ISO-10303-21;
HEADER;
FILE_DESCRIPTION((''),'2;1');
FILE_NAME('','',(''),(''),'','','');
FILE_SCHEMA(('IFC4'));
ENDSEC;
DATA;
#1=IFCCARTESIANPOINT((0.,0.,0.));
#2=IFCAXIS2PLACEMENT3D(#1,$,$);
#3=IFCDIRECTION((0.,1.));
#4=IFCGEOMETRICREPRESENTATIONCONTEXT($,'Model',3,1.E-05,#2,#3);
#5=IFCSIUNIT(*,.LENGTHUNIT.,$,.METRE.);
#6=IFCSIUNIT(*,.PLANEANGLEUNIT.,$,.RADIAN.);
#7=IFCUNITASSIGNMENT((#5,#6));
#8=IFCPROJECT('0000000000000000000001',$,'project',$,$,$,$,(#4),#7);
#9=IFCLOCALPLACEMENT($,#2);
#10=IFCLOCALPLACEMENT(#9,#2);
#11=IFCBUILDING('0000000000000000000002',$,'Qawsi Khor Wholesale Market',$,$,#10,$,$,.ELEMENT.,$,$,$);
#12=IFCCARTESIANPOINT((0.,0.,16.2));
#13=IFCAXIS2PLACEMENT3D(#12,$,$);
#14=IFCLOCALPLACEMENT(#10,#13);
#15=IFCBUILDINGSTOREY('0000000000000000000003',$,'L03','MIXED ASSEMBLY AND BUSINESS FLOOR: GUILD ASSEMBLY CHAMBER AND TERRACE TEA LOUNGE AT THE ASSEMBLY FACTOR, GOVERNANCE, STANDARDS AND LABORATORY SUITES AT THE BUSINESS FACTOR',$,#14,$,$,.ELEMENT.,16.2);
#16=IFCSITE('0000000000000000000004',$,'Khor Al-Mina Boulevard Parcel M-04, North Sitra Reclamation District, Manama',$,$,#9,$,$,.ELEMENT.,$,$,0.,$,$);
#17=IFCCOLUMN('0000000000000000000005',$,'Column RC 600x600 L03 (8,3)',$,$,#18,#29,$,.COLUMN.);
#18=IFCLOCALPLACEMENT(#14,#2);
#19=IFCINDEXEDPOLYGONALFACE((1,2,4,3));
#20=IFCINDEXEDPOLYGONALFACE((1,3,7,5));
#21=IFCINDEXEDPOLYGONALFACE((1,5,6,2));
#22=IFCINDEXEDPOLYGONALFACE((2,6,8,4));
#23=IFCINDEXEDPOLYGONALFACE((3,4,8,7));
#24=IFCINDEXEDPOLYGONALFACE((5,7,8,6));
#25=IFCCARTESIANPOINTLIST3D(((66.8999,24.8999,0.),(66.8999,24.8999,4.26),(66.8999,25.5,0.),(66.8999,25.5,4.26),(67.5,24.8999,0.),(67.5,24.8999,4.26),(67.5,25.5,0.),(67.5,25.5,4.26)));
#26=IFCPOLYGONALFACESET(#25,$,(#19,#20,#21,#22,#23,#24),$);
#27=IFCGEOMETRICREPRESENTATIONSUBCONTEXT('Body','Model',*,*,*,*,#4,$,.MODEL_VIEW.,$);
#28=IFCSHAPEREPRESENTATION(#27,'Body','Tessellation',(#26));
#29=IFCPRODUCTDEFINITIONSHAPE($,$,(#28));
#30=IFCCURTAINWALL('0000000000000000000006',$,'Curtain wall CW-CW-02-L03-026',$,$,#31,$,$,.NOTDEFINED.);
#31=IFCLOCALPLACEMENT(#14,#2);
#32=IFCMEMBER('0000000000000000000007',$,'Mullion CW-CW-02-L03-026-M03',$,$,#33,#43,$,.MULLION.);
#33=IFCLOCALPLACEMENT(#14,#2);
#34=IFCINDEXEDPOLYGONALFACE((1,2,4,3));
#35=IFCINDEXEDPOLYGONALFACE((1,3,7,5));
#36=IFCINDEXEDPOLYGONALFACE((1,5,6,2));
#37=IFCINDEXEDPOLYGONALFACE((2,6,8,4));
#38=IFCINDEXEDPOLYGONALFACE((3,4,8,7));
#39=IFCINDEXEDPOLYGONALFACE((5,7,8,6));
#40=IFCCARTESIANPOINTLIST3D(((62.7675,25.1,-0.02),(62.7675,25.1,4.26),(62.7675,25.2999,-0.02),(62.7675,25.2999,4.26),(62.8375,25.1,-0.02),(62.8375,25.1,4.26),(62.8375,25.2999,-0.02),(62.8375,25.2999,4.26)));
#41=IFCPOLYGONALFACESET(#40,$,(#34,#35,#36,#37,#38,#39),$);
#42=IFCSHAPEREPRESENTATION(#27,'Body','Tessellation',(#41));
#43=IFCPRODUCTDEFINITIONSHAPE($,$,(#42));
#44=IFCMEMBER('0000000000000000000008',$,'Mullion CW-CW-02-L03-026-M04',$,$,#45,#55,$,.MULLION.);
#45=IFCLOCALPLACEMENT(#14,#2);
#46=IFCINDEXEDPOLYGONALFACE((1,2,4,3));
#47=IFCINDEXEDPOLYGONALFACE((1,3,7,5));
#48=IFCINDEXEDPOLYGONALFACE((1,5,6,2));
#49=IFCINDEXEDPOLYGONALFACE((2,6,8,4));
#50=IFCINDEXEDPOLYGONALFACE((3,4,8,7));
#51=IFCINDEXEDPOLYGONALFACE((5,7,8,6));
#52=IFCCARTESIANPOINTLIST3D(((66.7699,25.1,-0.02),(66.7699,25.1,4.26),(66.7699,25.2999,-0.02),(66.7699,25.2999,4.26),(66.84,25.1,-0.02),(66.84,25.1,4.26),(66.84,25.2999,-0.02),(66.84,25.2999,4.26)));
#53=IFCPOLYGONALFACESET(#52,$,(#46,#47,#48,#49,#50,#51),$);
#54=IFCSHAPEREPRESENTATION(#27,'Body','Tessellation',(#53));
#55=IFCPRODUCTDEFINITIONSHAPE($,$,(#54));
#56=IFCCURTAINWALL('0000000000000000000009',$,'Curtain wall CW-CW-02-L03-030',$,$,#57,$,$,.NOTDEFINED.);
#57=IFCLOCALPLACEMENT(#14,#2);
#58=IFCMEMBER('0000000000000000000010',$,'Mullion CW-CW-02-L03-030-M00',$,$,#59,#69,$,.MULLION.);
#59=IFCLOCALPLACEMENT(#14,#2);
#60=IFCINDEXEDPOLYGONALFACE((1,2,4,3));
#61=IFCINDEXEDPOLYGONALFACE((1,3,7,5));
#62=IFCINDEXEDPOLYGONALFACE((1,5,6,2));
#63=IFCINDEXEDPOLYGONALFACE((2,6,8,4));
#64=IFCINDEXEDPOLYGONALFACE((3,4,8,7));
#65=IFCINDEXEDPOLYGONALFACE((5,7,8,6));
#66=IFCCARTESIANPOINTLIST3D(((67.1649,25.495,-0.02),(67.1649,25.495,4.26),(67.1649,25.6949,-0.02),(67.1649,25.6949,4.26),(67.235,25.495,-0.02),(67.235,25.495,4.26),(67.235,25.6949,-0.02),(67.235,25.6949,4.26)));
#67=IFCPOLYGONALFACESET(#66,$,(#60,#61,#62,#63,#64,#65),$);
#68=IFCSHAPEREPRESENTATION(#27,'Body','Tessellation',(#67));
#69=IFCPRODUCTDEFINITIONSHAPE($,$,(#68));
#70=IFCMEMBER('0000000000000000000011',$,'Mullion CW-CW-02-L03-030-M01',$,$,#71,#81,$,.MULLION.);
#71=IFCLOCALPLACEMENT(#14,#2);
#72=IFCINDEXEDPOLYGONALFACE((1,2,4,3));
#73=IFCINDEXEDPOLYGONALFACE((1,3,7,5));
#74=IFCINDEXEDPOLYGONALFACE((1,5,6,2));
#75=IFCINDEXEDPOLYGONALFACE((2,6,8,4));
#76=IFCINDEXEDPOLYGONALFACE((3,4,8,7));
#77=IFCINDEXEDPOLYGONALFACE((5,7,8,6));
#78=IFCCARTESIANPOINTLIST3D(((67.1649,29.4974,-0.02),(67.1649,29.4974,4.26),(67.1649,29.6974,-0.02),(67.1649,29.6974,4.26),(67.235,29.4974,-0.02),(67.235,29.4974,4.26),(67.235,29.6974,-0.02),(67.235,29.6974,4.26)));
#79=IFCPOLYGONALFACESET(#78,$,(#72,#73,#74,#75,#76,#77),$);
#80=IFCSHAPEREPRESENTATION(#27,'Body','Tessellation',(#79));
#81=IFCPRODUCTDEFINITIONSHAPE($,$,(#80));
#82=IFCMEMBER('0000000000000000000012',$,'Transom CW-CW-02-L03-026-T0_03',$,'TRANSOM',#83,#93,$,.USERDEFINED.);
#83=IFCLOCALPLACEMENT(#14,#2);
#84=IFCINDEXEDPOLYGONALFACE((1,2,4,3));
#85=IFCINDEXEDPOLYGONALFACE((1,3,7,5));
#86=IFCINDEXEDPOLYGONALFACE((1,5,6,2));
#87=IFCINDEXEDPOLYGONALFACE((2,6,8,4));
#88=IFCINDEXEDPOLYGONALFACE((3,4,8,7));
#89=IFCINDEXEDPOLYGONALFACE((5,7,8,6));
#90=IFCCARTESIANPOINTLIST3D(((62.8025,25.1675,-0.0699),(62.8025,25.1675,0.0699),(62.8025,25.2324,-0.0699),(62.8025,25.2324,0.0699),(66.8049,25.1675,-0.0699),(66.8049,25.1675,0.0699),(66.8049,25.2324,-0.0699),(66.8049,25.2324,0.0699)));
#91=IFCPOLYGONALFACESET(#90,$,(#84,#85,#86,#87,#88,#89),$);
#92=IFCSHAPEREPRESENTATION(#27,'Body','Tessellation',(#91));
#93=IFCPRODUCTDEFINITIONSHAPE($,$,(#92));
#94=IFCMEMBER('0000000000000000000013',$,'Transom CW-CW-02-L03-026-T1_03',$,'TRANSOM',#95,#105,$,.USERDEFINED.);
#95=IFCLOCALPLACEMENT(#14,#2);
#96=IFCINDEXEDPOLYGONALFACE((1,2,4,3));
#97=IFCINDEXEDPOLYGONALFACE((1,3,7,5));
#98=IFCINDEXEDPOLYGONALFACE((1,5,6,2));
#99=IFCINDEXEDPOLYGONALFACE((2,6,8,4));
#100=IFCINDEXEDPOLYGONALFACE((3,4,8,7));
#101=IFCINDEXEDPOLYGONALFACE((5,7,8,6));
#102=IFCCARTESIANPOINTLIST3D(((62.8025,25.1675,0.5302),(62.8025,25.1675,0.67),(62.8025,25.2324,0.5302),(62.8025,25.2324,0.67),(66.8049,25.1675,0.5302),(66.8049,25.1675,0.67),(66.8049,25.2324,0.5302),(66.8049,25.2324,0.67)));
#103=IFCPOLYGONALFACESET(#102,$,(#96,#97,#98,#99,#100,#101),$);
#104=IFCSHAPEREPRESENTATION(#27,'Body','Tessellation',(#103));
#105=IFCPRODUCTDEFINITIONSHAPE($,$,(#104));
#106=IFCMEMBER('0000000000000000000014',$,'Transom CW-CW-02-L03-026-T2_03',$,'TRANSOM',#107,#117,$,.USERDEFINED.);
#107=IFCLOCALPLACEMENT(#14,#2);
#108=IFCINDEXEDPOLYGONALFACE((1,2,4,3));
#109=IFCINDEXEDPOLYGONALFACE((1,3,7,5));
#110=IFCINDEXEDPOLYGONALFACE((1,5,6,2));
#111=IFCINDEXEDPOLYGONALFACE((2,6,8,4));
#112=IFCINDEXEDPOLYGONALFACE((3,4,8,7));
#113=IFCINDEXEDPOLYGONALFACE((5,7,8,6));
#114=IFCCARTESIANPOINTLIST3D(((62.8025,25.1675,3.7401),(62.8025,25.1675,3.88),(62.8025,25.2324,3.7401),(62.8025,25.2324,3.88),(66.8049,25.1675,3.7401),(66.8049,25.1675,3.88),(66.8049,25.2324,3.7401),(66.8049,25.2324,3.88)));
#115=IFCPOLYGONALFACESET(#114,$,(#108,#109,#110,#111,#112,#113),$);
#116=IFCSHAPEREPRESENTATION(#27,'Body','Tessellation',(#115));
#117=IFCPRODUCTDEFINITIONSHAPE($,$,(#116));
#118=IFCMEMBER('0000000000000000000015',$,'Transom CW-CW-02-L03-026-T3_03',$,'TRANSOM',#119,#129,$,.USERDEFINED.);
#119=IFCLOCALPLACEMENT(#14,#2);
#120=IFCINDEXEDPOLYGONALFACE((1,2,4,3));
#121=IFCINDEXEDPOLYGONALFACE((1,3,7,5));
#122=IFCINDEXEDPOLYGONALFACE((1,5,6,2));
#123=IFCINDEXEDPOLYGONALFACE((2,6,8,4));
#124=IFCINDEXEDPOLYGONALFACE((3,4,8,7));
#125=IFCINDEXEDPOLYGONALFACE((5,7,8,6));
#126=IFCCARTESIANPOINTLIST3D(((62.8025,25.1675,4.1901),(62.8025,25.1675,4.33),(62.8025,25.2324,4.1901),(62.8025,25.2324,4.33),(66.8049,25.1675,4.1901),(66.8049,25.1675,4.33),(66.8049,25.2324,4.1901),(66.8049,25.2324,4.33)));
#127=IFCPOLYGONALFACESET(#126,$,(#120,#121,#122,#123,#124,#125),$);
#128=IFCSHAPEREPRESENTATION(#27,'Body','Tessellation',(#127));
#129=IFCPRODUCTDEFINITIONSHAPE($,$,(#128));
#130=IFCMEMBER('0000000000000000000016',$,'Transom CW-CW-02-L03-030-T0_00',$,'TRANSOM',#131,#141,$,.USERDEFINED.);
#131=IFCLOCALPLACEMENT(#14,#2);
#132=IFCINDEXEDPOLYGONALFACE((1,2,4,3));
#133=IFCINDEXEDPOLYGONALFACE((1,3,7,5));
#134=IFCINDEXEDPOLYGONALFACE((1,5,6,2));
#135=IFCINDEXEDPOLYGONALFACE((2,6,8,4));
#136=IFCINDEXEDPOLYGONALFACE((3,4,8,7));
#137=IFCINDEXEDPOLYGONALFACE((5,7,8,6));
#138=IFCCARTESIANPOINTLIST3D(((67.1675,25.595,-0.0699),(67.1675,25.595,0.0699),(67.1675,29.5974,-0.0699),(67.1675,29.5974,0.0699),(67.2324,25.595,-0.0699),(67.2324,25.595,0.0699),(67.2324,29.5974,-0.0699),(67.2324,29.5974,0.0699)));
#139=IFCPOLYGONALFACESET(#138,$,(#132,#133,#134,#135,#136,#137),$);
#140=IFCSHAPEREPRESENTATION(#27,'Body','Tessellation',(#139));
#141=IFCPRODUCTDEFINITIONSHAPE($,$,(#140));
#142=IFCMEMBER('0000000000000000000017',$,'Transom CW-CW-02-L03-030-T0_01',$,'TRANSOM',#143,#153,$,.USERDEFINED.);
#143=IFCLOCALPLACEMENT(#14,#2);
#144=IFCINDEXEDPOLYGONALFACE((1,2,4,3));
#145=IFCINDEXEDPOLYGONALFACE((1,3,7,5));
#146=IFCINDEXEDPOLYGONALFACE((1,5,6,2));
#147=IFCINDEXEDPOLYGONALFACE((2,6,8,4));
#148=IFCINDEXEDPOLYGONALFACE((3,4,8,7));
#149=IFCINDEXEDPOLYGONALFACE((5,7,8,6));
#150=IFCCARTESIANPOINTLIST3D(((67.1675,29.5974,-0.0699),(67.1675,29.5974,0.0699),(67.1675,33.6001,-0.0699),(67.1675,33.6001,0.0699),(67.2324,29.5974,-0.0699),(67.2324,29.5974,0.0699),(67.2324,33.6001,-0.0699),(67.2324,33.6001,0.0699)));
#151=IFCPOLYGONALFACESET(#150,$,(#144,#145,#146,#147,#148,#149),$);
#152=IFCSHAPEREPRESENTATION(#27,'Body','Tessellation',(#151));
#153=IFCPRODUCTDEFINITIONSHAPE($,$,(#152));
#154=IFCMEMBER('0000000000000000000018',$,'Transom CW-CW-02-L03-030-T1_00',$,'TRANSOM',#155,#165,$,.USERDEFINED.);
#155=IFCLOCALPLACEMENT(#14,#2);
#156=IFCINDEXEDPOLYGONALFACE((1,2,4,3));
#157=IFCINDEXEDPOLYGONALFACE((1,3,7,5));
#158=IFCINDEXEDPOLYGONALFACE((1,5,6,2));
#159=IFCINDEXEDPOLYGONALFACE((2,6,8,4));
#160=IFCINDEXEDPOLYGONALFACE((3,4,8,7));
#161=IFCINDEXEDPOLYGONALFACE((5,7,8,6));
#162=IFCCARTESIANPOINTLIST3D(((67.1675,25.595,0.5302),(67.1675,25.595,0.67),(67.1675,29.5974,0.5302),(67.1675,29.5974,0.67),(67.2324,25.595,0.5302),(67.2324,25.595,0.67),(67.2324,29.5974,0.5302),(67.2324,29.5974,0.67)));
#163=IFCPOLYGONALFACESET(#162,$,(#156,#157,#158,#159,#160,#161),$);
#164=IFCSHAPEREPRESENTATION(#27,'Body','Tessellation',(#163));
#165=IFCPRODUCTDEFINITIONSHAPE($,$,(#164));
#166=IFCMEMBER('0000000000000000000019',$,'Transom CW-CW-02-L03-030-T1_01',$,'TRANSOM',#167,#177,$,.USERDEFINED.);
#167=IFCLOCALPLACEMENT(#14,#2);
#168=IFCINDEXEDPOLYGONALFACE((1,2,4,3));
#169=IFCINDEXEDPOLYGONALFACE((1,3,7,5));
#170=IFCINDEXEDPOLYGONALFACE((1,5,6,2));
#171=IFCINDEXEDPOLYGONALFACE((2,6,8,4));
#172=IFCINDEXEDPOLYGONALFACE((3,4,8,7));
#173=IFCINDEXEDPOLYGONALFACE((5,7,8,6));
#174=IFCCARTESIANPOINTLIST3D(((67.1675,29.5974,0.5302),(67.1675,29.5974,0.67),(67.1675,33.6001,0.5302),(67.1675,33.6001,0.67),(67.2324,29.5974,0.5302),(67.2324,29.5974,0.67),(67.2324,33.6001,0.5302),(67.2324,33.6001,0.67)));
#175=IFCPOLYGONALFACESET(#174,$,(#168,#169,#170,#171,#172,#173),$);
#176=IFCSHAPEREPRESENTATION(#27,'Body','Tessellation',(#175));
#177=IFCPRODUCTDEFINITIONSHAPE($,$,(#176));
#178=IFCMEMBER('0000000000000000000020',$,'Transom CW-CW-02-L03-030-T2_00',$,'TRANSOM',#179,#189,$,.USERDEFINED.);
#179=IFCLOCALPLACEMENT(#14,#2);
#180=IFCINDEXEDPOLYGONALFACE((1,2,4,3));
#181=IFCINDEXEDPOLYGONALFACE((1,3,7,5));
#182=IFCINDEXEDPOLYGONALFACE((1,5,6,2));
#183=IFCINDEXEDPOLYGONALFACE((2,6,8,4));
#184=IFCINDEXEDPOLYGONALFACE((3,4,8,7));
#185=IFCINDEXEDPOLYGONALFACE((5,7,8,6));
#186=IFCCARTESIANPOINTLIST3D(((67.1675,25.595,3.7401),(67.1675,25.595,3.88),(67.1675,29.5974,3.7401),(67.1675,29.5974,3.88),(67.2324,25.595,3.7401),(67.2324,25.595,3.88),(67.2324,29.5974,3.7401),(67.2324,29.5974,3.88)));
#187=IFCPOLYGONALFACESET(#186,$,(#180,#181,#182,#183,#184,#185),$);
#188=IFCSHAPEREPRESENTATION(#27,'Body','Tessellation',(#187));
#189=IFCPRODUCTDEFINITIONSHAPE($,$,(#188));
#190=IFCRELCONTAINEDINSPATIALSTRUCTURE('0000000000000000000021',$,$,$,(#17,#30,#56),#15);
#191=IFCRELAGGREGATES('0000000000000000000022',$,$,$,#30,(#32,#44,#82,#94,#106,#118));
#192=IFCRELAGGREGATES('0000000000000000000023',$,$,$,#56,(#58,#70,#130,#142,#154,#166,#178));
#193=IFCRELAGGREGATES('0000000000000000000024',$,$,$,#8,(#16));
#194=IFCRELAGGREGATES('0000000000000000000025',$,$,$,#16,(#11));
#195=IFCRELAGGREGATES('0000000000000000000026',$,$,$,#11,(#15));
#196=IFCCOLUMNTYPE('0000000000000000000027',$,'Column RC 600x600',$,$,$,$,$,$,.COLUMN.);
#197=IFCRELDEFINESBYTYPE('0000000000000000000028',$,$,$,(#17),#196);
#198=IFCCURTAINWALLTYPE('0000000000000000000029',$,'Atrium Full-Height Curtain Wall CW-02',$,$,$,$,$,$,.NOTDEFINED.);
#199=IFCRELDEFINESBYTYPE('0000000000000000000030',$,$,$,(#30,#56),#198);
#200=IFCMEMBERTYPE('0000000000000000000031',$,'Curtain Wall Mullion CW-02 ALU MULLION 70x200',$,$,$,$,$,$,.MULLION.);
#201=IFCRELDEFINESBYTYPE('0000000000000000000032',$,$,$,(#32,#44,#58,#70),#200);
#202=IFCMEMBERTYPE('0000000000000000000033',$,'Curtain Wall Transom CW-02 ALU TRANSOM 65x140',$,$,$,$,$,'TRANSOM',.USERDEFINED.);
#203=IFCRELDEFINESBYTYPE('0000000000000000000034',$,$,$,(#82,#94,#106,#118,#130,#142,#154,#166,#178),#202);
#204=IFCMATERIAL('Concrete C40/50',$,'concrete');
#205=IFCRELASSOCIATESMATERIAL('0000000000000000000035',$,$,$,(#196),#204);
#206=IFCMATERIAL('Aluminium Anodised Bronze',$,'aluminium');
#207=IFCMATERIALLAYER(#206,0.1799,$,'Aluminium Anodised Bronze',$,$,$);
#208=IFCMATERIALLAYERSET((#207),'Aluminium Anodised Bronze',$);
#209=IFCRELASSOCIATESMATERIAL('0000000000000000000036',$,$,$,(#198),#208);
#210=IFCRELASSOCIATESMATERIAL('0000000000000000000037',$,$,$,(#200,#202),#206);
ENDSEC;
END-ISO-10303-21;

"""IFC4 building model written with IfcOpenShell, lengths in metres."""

from ifc_helpers import new_model, si_unit, direction, frame, origin, origin_2d, place, context, subcontext, project, spatial, rectangle, extrude, material, layer, layer_set, material_profile, profile_set, type_object, element, aggregate, save


model = new_model("IFC4")

# Units and contexts
model_context = context("Model", 3, precision=1e-05, world=origin(), true_north=direction((0.0, 1.0)))
body_context = subcontext(model_context, "Body", "Model", "MODEL_VIEW")
ifc_project = project(units=[si_unit("LENGTHUNIT", "METRE"), si_unit("PLANEANGLEUNIT", "RADIAN")], contexts=[model_context])

# Site, building, storey
site_placement = place(None, origin())
site = spatial("IfcSite", under=ifc_project, at=site_placement, Name="Khor Al-Mina Boulevard Parcel M-04, North Sitra Reclamation District, Manama", CompositionType="ELEMENT", RefElevation=0.0)
building_placement = place(site_placement, origin())
building = spatial("IfcBuilding", under=site, at=building_placement, Name="Qawsi Khor Wholesale Market", CompositionType="ELEMENT")
storey_placement = place(building_placement, frame((0.0, 0.0, 16.2)))
storey = spatial("IfcBuildingStorey", under=building, at=storey_placement, Name="L03", Description="MIXED ASSEMBLY AND BUSINESS FLOOR: GUILD ASSEMBLY CHAMBER AND TERRACE TEA LOUNGE AT THE ASSEMBLY FACTOR, GOVERNANCE, STANDARDS AND LABORATORY SUITES AT THE BUSINESS FACTOR", CompositionType="ELEMENT", Elevation=16.2)

# Column
ifc_material_1 = material(Name="Concrete C40/50", Category="concrete")
ifc_material_profile_1 = material_profile(ifc_material_1, rectangle(XDim=0.6001, YDim=0.6001, at=origin_2d()), Name="RC 600x600")
ifc_profile_set_1 = profile_set([ifc_material_profile_1], Name="Concrete C40/50")
column_type = type_object("IfcColumnType", Name="Column RC 600x600", PredefinedType="COLUMN", material=ifc_profile_set_1)
column_placement = place(storey_placement, frame((67.2, 25.2, 0.0), z_axis=(0.0, 0.0, 1.0), x_axis=(1.0, 0.0, 0.0)))
element("IfcColumn", 1, at=column_placement, inside=storey, type_object=column_type, Name="Column RC 600x600 L03 (8,3)", PredefinedType="COLUMN", context=body_context, shape_type="SweptSolid", body=[
    extrude(rectangle(XDim=0.6001, YDim=0.6001, at=origin_2d()), origin(), (0.0, 0.0, 1.0), 4.26),
])

# Curtain walls, members
ifc_material_2 = material(Name="Aluminium Anodised Bronze", Category="aluminium")
ifc_layer_1 = layer(ifc_material_2, 0.1799, Name="Aluminium Anodised Bronze")
ifc_layer_set_1 = layer_set([ifc_layer_1], Name="Aluminium Anodised Bronze")
curtain_wall_type = type_object("IfcCurtainWallType", Name="Atrium Full-Height Curtain Wall CW-02", PredefinedType="NOTDEFINED", material=ifc_layer_set_1)
curtain_wall_1_placement = place(storey_placement, origin())
curtain_wall_1 = element("IfcCurtainWall", 2, at=curtain_wall_1_placement, inside=storey, type_object=curtain_wall_type, Name="Curtain wall CW-CW-02-L03-026", PredefinedType="NOTDEFINED")
ifc_material_profile_2 = material_profile(ifc_material_2, rectangle(XDim=0.0701, YDim=0.2, at=origin_2d()), Name="ALU MULLION 70x200")
ifc_profile_set_2 = profile_set([ifc_material_profile_2], Name="Aluminium Anodised Bronze")
member_type_1 = type_object("IfcMemberType", Name="Curtain Wall Mullion CW-02 ALU MULLION 70x200", PredefinedType="MULLION", material=ifc_profile_set_2)
member_1_placement = place(storey_placement, frame((62.8025, 25.2, -0.02), z_axis=(0.0, 0.0, 1.0), x_axis=(1.0, 0.0, 0.0)))
member_1 = element("IfcMember", 3, at=member_1_placement, type_object=member_type_1, Name="Mullion CW-CW-02-L03-026-M03", PredefinedType="MULLION", context=body_context, shape_type="SweptSolid", body=[
    extrude(rectangle(XDim=0.0701, YDim=0.2, at=origin_2d()), origin(), (0.0, 0.0, 1.0), 4.28),
])
member_2_placement = place(storey_placement, frame((66.8049, 25.2, -0.02), z_axis=(0.0, 0.0, 1.0), x_axis=(1.0, 0.0, 0.0)))
member_2 = element("IfcMember", 4, at=member_2_placement, type_object=member_type_1, Name="Mullion CW-CW-02-L03-026-M04", PredefinedType="MULLION", context=body_context, shape_type="SweptSolid", body=[
    extrude(rectangle(XDim=0.0701, YDim=0.2, at=origin_2d()), origin(), (0.0, 0.0, 1.0), 4.28),
])
curtain_wall_2_placement = place(storey_placement, origin())
curtain_wall_2 = element("IfcCurtainWall", 5, at=curtain_wall_2_placement, inside=storey, type_object=curtain_wall_type, Name="Curtain wall CW-CW-02-L03-030", PredefinedType="NOTDEFINED")
member_3_placement = place(storey_placement, frame((67.2, 25.595, -0.02), z_axis=(0.0, 0.0, 1.0), x_axis=(1.0, 0.0, 0.0)))
member_3 = element("IfcMember", 6, at=member_3_placement, type_object=member_type_1, Name="Mullion CW-CW-02-L03-030-M00", PredefinedType="MULLION", context=body_context, shape_type="SweptSolid", body=[
    extrude(rectangle(XDim=0.0701, YDim=0.2, at=origin_2d()), origin(), (0.0, 0.0, 1.0), 4.28),
])
member_4_placement = place(storey_placement, frame((67.2, 29.5974, -0.02), z_axis=(0.0, 0.0, 1.0), x_axis=(1.0, 0.0, 0.0)))
member_4 = element("IfcMember", 7, at=member_4_placement, type_object=member_type_1, Name="Mullion CW-CW-02-L03-030-M01", PredefinedType="MULLION", context=body_context, shape_type="SweptSolid", body=[
    extrude(rectangle(XDim=0.0701, YDim=0.2, at=origin_2d()), origin(), (0.0, 0.0, 1.0), 4.28),
])

# Members
ifc_material_profile_3 = material_profile(ifc_material_2, rectangle(XDim=0.0649, YDim=0.1399, at=origin_2d()), Name="ALU TRANSOM 65x140")
ifc_profile_set_3 = profile_set([ifc_material_profile_3], Name="Aluminium Anodised Bronze")
member_type_2 = type_object("IfcMemberType", Name="Curtain Wall Transom CW-02 ALU TRANSOM 65x140", ElementType="TRANSOM", PredefinedType="USERDEFINED", material=ifc_profile_set_3)
member_5_placement = place(storey_placement, frame((62.8025, 25.2, 0.0), z_axis=(1.0, 0.0, 0.0), x_axis=(0.0, 1.0, 0.0)))
member_5 = element("IfcMember", 8, at=member_5_placement, type_object=member_type_2, Name="Transom CW-CW-02-L03-026-T0_03", ObjectType="TRANSOM", PredefinedType="USERDEFINED", context=body_context, shape_type="SweptSolid", body=[
    extrude(rectangle(XDim=0.0649, YDim=0.1399, at=origin_2d()), origin(), (0.0, 0.0, 1.0), 4.0024),
])
member_6_placement = place(storey_placement, frame((62.8025, 25.2, 0.6001), z_axis=(1.0, 0.0, 0.0), x_axis=(0.0, 1.0, 0.0)))
member_6 = element("IfcMember", 9, at=member_6_placement, type_object=member_type_2, Name="Transom CW-CW-02-L03-026-T1_03", ObjectType="TRANSOM", PredefinedType="USERDEFINED", context=body_context, shape_type="SweptSolid", body=[
    extrude(rectangle(XDim=0.0649, YDim=0.1399, at=origin_2d()), origin(), (0.0, 0.0, 1.0), 4.0024),
])
member_7_placement = place(storey_placement, frame((62.8025, 25.2, 3.8101), z_axis=(1.0, 0.0, 0.0), x_axis=(0.0, 1.0, 0.0)))
member_7 = element("IfcMember", 10, at=member_7_placement, type_object=member_type_2, Name="Transom CW-CW-02-L03-026-T2_03", ObjectType="TRANSOM", PredefinedType="USERDEFINED", context=body_context, shape_type="SweptSolid", body=[
    extrude(rectangle(XDim=0.0649, YDim=0.1399, at=origin_2d()), origin(), (0.0, 0.0, 1.0), 4.0024),
])
member_8_placement = place(storey_placement, frame((62.8025, 25.2, 4.26), z_axis=(1.0, 0.0, 0.0), x_axis=(0.0, 1.0, 0.0)))
member_8 = element("IfcMember", 11, at=member_8_placement, type_object=member_type_2, Name="Transom CW-CW-02-L03-026-T3_03", ObjectType="TRANSOM", PredefinedType="USERDEFINED", context=body_context, shape_type="SweptSolid", body=[
    extrude(rectangle(XDim=0.0649, YDim=0.1399, at=origin_2d()), origin(), (0.0, 0.0, 1.0), 4.0024),
])
member_9_placement = place(storey_placement, frame((67.2, 25.595, 0.0), z_axis=(0.0, 1.0, 0.0), x_axis=(-1.0, 0.0, 0.0)))
member_9 = element("IfcMember", 12, at=member_9_placement, type_object=member_type_2, Name="Transom CW-CW-02-L03-030-T0_00", ObjectType="TRANSOM", PredefinedType="USERDEFINED", context=body_context, shape_type="SweptSolid", body=[
    extrude(rectangle(XDim=0.0649, YDim=0.1399, at=origin_2d()), origin(), (0.0, 0.0, 1.0), 4.0024),
])
member_10_placement = place(storey_placement, frame((67.2, 29.5974, 0.0), z_axis=(0.0, 1.0, 0.0), x_axis=(-1.0, 0.0, 0.0)))
member_10 = element("IfcMember", 13, at=member_10_placement, type_object=member_type_2, Name="Transom CW-CW-02-L03-030-T0_01", ObjectType="TRANSOM", PredefinedType="USERDEFINED", context=body_context, shape_type="SweptSolid", body=[
    extrude(rectangle(XDim=0.0649, YDim=0.1399, at=origin_2d()), origin(), (0.0, 0.0, 1.0), 4.0027),
])
member_11_placement = place(storey_placement, frame((67.2, 25.595, 0.6001), z_axis=(0.0, 1.0, 0.0), x_axis=(-1.0, 0.0, 0.0)))
member_11 = element("IfcMember", 14, at=member_11_placement, type_object=member_type_2, Name="Transom CW-CW-02-L03-030-T1_00", ObjectType="TRANSOM", PredefinedType="USERDEFINED", context=body_context, shape_type="SweptSolid", body=[
    extrude(rectangle(XDim=0.0649, YDim=0.1399, at=origin_2d()), origin(), (0.0, 0.0, 1.0), 4.0024),
])
member_12_placement = place(storey_placement, frame((67.2, 29.5974, 0.6001), z_axis=(0.0, 1.0, 0.0), x_axis=(-1.0, 0.0, 0.0)))
member_12 = element("IfcMember", 15, at=member_12_placement, type_object=member_type_2, Name="Transom CW-CW-02-L03-030-T1_01", ObjectType="TRANSOM", PredefinedType="USERDEFINED", context=body_context, shape_type="SweptSolid", body=[
    extrude(rectangle(XDim=0.0649, YDim=0.1399, at=origin_2d()), origin(), (0.0, 0.0, 1.0), 4.0027),
])
member_13_placement = place(storey_placement, frame((67.2, 25.595, 3.8101), z_axis=(0.0, 1.0, 0.0), x_axis=(-1.0, 0.0, 0.0)))
member_13 = element("IfcMember", 16, at=member_13_placement, type_object=member_type_2, Name="Transom CW-CW-02-L03-030-T2_00", ObjectType="TRANSOM", PredefinedType="USERDEFINED", context=body_context, shape_type="SweptSolid", body=[
    extrude(rectangle(XDim=0.0649, YDim=0.1399, at=origin_2d()), origin(), (0.0, 0.0, 1.0), 4.0024),
])

aggregate(curtain_wall_1, [member_1, member_2, member_5, member_6, member_7, member_8])
aggregate(curtain_wall_2, [member_3, member_4, member_9, member_10, member_11, member_12, member_13])

save(model, "model.ifc")
